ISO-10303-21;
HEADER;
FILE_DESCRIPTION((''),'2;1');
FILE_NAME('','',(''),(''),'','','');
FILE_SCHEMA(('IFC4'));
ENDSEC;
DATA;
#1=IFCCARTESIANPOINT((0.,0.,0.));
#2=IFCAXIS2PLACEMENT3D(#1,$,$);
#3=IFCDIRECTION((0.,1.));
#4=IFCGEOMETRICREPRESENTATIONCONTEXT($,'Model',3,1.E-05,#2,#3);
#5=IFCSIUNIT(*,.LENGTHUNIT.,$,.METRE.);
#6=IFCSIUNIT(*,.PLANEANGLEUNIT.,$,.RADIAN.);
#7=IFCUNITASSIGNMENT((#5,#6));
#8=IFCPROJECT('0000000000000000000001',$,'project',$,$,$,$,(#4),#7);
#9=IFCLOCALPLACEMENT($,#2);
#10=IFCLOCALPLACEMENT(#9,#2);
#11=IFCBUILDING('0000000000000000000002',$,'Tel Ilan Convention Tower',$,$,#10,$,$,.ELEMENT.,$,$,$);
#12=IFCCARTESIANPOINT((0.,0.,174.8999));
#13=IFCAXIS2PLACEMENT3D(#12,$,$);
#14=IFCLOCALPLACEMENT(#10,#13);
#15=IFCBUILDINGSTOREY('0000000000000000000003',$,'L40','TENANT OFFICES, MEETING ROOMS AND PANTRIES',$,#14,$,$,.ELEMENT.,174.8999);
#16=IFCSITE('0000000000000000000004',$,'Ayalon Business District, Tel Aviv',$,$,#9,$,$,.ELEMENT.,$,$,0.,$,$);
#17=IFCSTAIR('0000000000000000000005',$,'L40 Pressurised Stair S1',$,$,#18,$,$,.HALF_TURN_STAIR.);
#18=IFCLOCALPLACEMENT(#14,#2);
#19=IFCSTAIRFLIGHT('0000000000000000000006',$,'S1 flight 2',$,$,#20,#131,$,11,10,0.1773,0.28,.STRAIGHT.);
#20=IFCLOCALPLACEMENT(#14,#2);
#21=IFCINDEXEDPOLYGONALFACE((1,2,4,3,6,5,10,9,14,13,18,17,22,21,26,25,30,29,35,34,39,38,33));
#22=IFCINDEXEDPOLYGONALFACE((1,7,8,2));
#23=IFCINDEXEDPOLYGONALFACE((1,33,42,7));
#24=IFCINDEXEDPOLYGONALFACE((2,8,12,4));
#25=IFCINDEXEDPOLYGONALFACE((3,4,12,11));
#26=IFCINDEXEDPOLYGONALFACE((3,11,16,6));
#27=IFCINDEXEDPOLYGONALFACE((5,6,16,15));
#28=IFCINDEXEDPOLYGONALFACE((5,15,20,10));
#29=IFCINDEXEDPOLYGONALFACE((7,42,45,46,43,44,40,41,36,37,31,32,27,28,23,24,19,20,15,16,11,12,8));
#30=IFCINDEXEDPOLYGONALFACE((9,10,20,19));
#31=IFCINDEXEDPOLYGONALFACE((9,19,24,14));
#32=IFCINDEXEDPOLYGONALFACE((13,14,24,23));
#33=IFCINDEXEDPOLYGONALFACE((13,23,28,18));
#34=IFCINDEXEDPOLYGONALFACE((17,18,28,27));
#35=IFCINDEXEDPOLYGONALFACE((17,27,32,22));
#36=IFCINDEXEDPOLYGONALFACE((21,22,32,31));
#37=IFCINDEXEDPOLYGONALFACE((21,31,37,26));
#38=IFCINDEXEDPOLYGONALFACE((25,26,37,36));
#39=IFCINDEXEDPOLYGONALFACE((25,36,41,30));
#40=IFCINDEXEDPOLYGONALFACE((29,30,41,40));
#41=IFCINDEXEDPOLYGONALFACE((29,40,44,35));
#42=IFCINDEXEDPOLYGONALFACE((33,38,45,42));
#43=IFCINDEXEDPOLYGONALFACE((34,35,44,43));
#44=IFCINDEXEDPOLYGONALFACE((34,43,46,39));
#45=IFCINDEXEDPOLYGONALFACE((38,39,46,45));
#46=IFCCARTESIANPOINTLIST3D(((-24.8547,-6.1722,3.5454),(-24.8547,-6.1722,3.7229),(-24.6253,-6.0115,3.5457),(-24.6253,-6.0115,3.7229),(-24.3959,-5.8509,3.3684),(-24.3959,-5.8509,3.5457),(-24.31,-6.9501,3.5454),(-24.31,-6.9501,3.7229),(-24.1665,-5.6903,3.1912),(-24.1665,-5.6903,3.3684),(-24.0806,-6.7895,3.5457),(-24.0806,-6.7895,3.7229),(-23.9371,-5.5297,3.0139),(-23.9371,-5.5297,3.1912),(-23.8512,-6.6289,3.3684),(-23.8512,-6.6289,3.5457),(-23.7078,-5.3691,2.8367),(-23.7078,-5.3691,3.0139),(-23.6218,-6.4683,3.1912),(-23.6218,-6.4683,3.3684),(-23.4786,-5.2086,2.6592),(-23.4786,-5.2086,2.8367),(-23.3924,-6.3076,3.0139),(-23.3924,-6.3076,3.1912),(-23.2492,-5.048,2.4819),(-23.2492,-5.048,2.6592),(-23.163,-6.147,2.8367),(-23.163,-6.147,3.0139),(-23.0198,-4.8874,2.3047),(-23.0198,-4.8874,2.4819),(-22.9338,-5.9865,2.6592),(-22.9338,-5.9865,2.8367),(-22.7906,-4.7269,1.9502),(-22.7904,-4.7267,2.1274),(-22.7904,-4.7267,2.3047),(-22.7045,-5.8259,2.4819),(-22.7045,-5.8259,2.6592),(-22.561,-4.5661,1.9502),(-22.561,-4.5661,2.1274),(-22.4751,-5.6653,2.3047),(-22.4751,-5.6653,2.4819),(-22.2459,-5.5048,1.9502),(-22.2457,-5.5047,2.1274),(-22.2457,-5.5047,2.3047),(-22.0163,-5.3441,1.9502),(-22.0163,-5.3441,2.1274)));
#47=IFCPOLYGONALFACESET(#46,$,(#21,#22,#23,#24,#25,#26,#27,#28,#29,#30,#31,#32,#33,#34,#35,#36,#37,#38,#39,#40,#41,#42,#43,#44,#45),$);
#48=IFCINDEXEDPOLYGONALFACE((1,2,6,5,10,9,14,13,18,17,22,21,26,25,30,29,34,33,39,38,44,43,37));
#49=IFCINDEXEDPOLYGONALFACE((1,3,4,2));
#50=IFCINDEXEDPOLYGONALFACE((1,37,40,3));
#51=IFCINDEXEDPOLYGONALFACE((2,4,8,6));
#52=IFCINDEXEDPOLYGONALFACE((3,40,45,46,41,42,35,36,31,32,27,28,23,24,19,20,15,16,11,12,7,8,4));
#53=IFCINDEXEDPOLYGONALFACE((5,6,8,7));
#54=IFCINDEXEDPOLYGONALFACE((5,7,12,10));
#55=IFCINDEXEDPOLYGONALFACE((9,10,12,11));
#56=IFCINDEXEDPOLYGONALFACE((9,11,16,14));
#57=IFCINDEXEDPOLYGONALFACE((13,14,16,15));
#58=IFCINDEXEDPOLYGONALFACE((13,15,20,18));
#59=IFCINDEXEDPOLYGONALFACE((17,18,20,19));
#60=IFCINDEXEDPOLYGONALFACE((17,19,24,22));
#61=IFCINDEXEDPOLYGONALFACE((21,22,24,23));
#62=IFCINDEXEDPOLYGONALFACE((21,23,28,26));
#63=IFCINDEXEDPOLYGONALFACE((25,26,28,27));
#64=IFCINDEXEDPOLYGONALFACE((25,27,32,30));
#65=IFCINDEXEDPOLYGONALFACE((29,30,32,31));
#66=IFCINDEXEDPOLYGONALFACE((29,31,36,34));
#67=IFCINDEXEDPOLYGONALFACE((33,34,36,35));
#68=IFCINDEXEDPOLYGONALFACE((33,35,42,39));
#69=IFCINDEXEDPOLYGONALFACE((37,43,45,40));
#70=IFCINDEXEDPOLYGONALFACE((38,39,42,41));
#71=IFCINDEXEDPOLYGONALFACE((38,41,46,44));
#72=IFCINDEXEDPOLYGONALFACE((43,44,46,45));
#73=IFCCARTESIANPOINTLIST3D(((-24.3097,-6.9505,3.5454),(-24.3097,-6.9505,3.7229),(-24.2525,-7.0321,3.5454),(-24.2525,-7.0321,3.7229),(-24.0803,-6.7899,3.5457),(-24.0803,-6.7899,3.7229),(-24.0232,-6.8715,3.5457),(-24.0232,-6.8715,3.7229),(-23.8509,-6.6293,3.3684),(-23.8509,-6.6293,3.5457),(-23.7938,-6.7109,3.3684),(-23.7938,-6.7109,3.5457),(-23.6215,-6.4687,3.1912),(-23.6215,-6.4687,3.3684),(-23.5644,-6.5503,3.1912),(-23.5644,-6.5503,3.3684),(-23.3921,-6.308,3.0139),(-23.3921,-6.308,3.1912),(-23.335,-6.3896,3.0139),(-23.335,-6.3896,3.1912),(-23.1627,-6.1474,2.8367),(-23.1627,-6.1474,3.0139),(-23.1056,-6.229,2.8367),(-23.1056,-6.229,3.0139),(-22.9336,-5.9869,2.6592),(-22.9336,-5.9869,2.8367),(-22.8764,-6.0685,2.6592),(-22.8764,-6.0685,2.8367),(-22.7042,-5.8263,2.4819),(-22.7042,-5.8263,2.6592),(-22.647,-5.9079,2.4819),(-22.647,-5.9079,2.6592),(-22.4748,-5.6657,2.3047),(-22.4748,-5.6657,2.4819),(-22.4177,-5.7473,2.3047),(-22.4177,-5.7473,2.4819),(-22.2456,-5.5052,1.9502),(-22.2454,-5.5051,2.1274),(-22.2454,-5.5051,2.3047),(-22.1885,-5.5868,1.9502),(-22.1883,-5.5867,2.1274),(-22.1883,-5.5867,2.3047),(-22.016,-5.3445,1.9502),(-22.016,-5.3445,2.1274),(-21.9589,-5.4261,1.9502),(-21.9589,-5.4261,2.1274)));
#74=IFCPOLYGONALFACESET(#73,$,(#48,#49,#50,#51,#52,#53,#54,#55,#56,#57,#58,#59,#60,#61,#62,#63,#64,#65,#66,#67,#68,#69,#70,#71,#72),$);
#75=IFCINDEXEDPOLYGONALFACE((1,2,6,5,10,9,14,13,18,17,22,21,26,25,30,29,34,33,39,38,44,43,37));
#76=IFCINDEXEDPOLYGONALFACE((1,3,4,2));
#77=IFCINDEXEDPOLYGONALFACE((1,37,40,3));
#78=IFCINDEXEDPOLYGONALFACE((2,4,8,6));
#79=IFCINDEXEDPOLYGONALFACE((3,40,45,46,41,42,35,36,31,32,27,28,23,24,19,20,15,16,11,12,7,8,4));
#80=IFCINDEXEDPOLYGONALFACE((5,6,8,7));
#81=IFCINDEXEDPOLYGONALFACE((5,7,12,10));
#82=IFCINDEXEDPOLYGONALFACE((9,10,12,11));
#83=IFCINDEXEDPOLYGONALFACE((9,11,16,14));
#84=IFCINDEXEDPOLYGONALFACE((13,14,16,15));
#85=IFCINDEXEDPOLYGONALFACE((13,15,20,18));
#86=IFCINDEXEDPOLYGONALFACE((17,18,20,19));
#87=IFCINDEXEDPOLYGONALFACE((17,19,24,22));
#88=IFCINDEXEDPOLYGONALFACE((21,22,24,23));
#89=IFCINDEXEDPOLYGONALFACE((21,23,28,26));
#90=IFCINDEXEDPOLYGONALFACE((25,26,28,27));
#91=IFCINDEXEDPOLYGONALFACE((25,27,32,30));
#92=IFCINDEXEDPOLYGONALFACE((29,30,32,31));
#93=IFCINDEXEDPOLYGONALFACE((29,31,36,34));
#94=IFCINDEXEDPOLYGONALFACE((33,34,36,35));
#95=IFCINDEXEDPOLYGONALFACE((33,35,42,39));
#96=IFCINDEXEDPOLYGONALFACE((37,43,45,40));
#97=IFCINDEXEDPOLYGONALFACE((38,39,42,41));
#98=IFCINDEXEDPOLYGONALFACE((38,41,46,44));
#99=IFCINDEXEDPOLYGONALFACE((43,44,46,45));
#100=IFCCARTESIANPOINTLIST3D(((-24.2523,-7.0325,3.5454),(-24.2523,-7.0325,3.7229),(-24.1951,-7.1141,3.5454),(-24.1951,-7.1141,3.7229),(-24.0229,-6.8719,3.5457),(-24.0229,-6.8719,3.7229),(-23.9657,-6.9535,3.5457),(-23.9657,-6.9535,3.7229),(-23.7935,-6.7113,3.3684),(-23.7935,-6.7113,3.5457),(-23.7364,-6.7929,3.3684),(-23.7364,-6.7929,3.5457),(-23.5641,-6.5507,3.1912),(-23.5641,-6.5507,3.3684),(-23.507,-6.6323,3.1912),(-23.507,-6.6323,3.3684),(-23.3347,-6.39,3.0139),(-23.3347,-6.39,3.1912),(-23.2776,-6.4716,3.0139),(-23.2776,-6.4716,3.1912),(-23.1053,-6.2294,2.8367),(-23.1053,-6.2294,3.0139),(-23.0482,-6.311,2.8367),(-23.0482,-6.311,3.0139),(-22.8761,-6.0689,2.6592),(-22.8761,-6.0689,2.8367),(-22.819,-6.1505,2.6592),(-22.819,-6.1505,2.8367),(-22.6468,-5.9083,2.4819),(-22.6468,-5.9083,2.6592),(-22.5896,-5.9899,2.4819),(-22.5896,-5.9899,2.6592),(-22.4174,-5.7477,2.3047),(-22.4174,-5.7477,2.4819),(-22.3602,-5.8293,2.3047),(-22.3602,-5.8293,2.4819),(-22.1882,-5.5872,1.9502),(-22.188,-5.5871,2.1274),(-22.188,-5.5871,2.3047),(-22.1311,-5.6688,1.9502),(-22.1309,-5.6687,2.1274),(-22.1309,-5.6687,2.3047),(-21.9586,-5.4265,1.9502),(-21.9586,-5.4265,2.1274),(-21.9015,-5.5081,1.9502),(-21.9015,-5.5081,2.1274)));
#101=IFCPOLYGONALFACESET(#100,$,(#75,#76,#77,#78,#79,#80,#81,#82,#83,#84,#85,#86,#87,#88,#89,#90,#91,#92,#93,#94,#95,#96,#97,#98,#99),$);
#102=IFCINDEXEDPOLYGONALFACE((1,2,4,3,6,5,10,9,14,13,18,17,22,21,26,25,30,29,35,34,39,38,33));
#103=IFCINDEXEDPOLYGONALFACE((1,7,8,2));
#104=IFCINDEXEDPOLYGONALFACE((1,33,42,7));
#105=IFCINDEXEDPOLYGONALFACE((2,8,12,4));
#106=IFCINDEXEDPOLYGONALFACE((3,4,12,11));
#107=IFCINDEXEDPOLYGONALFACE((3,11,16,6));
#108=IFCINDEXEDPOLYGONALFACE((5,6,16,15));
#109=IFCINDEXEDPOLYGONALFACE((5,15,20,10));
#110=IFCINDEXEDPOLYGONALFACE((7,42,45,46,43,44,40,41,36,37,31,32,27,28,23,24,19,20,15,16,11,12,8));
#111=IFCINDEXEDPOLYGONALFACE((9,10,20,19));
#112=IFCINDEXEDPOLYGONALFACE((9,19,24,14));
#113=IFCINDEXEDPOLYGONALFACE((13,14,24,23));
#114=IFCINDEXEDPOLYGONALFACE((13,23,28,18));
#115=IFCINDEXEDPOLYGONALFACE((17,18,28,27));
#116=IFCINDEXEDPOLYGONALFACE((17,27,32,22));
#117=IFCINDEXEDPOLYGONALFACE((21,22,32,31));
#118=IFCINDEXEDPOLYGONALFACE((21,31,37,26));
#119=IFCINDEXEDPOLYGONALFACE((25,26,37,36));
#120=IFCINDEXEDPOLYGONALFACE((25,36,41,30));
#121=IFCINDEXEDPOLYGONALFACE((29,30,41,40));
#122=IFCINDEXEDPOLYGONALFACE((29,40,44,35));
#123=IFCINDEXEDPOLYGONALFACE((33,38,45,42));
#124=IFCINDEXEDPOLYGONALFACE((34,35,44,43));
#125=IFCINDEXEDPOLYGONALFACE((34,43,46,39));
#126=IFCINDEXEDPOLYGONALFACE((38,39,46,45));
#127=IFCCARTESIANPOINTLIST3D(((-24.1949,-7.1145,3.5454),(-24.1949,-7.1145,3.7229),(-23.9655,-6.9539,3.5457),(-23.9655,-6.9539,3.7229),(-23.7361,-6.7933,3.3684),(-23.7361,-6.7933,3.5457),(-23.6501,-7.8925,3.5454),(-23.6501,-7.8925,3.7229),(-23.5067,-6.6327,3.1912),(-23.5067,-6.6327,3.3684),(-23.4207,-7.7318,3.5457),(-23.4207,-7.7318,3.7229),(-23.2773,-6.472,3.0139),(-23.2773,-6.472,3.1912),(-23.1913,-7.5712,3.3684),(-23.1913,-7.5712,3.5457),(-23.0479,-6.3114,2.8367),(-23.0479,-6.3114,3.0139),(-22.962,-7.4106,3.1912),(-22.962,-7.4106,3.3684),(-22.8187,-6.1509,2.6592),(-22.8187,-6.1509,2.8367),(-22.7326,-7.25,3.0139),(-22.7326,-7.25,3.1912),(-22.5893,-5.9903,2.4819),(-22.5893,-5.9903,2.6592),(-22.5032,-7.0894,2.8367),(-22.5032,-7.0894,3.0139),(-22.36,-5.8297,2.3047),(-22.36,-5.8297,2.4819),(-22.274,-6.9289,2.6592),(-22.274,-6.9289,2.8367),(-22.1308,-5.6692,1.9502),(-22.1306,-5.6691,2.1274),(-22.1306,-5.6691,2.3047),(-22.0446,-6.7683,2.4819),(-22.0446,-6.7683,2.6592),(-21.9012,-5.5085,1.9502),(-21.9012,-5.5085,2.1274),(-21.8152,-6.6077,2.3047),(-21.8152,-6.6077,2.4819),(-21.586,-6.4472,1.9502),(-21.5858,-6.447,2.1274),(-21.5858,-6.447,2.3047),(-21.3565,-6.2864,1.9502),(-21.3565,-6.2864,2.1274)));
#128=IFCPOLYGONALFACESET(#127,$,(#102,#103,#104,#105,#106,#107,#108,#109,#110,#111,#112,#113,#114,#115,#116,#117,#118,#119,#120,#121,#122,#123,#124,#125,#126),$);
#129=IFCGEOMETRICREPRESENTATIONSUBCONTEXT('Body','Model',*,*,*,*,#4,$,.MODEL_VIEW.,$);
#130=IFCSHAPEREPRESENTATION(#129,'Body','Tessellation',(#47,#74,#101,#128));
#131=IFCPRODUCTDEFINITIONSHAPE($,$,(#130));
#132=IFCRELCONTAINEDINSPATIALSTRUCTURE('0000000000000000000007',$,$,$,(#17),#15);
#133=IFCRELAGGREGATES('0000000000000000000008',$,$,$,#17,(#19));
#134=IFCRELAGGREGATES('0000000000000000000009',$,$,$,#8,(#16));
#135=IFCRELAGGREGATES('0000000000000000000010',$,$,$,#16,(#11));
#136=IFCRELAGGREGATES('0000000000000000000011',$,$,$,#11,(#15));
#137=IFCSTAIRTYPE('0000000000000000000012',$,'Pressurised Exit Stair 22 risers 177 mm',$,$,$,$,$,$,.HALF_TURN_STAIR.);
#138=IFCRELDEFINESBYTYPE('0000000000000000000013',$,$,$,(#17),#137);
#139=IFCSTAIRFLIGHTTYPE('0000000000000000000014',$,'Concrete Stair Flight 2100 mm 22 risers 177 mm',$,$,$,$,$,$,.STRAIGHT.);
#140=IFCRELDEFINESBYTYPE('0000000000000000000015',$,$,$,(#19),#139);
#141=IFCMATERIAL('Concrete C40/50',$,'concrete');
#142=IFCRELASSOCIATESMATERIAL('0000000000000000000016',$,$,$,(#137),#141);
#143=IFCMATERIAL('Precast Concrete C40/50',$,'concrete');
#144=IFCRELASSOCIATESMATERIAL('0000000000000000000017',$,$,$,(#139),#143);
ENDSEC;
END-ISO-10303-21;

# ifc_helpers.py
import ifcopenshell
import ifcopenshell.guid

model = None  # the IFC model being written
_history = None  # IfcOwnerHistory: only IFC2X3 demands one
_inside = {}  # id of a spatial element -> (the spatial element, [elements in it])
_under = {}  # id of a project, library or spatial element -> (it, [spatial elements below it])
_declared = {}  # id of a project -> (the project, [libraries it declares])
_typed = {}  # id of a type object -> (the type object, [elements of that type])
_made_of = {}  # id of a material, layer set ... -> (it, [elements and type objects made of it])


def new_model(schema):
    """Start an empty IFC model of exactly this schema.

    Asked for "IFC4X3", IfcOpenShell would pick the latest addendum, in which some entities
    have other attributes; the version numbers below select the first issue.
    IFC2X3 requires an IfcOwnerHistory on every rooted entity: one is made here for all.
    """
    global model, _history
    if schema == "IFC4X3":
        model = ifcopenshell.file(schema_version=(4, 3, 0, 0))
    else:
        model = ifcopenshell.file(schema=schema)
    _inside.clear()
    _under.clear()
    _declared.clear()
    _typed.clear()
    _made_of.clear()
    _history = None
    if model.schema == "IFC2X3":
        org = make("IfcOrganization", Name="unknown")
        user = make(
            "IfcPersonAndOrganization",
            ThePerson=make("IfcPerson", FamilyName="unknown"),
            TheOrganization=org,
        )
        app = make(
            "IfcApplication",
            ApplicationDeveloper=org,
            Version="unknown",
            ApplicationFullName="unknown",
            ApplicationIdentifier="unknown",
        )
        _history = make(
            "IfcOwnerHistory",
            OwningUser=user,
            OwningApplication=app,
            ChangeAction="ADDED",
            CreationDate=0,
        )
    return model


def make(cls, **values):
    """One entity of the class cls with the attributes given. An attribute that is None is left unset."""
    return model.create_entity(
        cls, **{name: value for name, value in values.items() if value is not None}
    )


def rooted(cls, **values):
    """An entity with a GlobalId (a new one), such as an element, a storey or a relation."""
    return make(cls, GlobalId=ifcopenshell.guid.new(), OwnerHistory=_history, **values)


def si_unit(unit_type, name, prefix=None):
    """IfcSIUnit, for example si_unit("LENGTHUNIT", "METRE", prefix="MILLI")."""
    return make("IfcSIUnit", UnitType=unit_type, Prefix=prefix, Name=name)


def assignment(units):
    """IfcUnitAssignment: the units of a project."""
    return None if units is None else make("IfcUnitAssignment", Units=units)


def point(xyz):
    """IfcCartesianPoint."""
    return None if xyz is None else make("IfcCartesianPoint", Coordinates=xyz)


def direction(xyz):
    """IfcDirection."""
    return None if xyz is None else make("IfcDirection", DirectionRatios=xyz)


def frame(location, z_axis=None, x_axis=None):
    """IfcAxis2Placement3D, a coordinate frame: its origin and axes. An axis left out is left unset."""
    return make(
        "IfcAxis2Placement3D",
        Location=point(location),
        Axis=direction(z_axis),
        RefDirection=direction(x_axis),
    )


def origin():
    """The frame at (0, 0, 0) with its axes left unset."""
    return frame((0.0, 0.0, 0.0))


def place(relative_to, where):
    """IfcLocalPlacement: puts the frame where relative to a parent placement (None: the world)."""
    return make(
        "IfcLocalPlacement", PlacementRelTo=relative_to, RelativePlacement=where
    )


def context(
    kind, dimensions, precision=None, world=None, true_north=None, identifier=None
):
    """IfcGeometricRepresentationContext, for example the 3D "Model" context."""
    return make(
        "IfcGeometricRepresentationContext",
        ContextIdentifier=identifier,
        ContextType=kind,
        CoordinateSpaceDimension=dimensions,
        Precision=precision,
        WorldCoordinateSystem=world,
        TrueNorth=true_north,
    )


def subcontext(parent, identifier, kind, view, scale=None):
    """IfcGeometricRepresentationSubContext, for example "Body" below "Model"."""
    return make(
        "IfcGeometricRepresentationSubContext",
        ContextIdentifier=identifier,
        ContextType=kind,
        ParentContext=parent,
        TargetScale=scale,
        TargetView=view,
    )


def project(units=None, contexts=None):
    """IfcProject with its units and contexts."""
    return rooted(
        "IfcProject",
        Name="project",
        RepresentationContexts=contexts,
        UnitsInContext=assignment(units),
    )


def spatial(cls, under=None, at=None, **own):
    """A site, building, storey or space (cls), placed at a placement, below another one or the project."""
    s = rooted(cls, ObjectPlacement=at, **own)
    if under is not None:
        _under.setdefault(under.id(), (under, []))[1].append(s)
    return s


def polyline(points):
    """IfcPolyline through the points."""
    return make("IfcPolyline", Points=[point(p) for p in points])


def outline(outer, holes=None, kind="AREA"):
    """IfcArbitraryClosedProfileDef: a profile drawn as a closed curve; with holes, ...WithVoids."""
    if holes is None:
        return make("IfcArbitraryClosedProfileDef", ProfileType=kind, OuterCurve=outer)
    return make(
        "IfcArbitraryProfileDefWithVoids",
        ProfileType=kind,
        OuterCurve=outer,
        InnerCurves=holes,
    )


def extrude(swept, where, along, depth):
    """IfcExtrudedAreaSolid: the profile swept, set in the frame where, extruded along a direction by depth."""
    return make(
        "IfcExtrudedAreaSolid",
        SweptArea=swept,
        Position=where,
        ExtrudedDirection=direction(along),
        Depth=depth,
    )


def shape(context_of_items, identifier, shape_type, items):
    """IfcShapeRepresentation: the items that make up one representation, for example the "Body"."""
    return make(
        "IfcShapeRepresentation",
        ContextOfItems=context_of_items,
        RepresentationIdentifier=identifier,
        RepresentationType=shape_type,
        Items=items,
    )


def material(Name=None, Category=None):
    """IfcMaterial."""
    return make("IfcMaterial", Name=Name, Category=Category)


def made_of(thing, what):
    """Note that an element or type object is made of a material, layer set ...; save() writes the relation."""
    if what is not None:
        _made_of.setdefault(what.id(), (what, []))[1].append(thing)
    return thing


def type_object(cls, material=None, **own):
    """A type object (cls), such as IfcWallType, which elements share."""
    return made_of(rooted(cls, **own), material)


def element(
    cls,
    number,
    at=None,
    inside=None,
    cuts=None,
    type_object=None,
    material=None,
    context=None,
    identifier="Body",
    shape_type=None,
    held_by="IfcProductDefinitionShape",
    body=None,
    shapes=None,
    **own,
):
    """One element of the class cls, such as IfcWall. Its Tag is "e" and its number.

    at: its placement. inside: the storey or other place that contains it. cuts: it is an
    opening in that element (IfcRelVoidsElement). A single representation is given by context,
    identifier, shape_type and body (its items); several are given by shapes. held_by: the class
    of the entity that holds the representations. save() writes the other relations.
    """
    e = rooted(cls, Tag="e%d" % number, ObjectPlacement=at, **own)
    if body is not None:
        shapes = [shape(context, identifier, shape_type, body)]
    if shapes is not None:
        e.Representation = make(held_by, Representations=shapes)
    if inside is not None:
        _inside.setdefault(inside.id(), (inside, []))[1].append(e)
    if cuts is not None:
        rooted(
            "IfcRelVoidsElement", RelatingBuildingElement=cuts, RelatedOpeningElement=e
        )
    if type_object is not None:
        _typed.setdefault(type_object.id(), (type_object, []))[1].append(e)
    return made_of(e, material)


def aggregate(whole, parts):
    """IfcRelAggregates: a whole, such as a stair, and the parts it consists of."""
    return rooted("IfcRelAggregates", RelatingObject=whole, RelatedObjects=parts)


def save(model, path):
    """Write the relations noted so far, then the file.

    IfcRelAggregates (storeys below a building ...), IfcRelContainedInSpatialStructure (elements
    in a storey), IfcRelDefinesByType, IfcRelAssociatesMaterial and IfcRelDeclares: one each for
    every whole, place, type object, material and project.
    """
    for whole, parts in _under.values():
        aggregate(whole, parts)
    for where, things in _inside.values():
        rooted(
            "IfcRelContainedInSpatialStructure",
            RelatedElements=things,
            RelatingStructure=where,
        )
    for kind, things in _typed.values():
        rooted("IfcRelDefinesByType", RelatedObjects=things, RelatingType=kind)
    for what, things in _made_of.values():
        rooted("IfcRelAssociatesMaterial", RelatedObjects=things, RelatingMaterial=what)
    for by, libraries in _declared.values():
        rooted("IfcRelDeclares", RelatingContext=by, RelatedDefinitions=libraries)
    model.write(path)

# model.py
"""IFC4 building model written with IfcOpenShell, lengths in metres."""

from ifc_helpers import new_model, si_unit, direction, frame, origin, place, context, subcontext, project, spatial, polyline, outline, extrude, material, type_object, element, aggregate, save


model = new_model("IFC4")

# Units and contexts
model_context = context("Model", 3, precision=1e-05, world=origin(), true_north=direction((0.0, 1.0)))
body_context = subcontext(model_context, "Body", "Model", "MODEL_VIEW")
ifc_project = project(units=[si_unit("LENGTHUNIT", "METRE"), si_unit("PLANEANGLEUNIT", "RADIAN")], contexts=[model_context])

# Site, building, storey
site_placement = place(None, origin())
site = spatial("IfcSite", under=ifc_project, at=site_placement, Name="Ayalon Business District, Tel Aviv", CompositionType="ELEMENT", RefElevation=0.0)
building_placement = place(site_placement, origin())
building = spatial("IfcBuilding", under=site, at=building_placement, Name="Tel Ilan Convention Tower", CompositionType="ELEMENT")
storey_placement = place(building_placement, frame((0.0, 0.0, 174.8999)))
storey = spatial("IfcBuildingStorey", under=building, at=storey_placement, Name="L40", Description="TENANT OFFICES, MEETING ROOMS AND PANTRIES", CompositionType="ELEMENT", Elevation=174.8999)

# Stair, stair flight
ifc_material_1 = material(Name="Concrete C40/50", Category="concrete")
stair_type = type_object("IfcStairType", Name="Pressurised Exit Stair 22 risers 177 mm", PredefinedType="HALF_TURN_STAIR", material=ifc_material_1)
stair_1_placement = place(storey_placement, origin())
stair_1 = element("IfcStair", 1, at=stair_1_placement, inside=storey, type_object=stair_type, Name="L40 Pressurised Stair S1", PredefinedType="HALF_TURN_STAIR")
ifc_material_2 = material(Name="Precast Concrete C40/50", Category="concrete")
stair_flight_type = type_object("IfcStairFlightType", Name="Concrete Stair Flight 2100 mm 22 risers 177 mm", PredefinedType="STRAIGHT", material=ifc_material_2)
stair_flight_1_placement = place(storey_placement, frame((-21.9587, -5.4263, 1.9502), z_axis=(0.0, 0.0, 1.0), x_axis=(-0.819152, -0.573576, 0.0)))
stair_flight_1 = element("IfcStairFlight", 2, at=stair_flight_1_placement, type_object=stair_flight_type, Name="S1 flight 2", NumberOfRisers=11, NumberOfTreads=10, PredefinedType="STRAIGHT", RiserHeight=0.1773, TreadLength=0.28, context=body_context, shape_type="SweptSolid", body=[
    extrude(outline(polyline([(0.0, 0.0), (0.0, 0.1772), (0.28, 0.1772), (0.28, 0.3545), (0.5601, 0.3545), (0.5601, 0.5317), (0.8401, 0.5317), (0.8401, 0.709), (1.1201, 0.709), (1.1201, 0.8865), (1.3999, 0.8865), (1.3999, 1.0637), (1.6799, 1.0637), (1.6799, 1.241), (1.96, 1.241), (1.96, 1.4182), (2.24, 1.4182), (2.24, 1.5955), (2.52, 1.5955), (2.52, 1.7727), (2.8, 1.7727), (2.8, 1.95), (2.8, 1.5952), (0.2803, 0.0), (0.0, 0.0)])), frame((0.0, -0.1003, 0.0), z_axis=(0.0, -1.0, 0.0), x_axis=(1.0, 0.0, 0.0)), (0.0, 0.0, 1.0), 0.9497),
    extrude(outline(polyline([(0.0, 0.0), (0.0, 0.1772), (0.28, 0.1772), (0.28, 0.3545), (0.5601, 0.3545), (0.5601, 0.5317), (0.8401, 0.5317), (0.8401, 0.709), (1.1201, 0.709), (1.1201, 0.8865), (1.3999, 0.8865), (1.3999, 1.0637), (1.6799, 1.0637), (1.6799, 1.241), (1.96, 1.241), (1.96, 1.4182), (2.24, 1.4182), (2.24, 1.5955), (2.52, 1.5955), (2.52, 1.7727), (2.8, 1.7727), (2.8, 1.95), (2.8, 1.5952), (0.2803, 0.0), (0.0, 0.0)])), frame((0.0, -0.0002, 0.0), z_axis=(0.0, -1.0, 0.0), x_axis=(1.0, 0.0, 0.0)), (0.0, 0.0, 1.0), 0.0996),
    extrude(outline(polyline([(0.0, 0.0), (0.0, 0.1772), (0.28, 0.1772), (0.28, 0.3545), (0.5601, 0.3545), (0.5601, 0.5317), (0.8401, 0.5317), (0.8401, 0.709), (1.1201, 0.709), (1.1201, 0.8865), (1.3999, 0.8865), (1.3999, 1.0637), (1.6799, 1.0637), (1.6799, 1.241), (1.96, 1.241), (1.96, 1.4182), (2.24, 1.4182), (2.24, 1.5955), (2.52, 1.5955), (2.52, 1.7727), (2.8, 1.7727), (2.8, 1.95), (2.8, 1.5952), (0.2803, 0.0), (0.0, 0.0)])), frame((0.0, 0.0999, 0.0), z_axis=(0.0, -1.0, 0.0), x_axis=(1.0, 0.0, 0.0)), (0.0, 0.0, 1.0), 0.0996),
    extrude(outline(polyline([(0.0, 0.0), (0.0, 0.1772), (0.28, 0.1772), (0.28, 0.3545), (0.5601, 0.3545), (0.5601, 0.5317), (0.8401, 0.5317), (0.8401, 0.709), (1.1201, 0.709), (1.1201, 0.8865), (1.3999, 0.8865), (1.3999, 1.0637), (1.6799, 1.0637), (1.6799, 1.241), (1.96, 1.241), (1.96, 1.4182), (2.24, 1.4182), (2.24, 1.5955), (2.52, 1.5955), (2.52, 1.7727), (2.8, 1.7727), (2.8, 1.95), (2.8, 1.5952), (0.2803, 0.0), (0.0, 0.0)])), frame((0.0, 1.05, 0.0), z_axis=(0.0, -1.0, 0.0), x_axis=(1.0, 0.0, 0.0)), (0.0, 0.0, 1.0), 0.9497),
])
aggregate(stair_1, [stair_flight_1])

save(model, "model.ifc")
